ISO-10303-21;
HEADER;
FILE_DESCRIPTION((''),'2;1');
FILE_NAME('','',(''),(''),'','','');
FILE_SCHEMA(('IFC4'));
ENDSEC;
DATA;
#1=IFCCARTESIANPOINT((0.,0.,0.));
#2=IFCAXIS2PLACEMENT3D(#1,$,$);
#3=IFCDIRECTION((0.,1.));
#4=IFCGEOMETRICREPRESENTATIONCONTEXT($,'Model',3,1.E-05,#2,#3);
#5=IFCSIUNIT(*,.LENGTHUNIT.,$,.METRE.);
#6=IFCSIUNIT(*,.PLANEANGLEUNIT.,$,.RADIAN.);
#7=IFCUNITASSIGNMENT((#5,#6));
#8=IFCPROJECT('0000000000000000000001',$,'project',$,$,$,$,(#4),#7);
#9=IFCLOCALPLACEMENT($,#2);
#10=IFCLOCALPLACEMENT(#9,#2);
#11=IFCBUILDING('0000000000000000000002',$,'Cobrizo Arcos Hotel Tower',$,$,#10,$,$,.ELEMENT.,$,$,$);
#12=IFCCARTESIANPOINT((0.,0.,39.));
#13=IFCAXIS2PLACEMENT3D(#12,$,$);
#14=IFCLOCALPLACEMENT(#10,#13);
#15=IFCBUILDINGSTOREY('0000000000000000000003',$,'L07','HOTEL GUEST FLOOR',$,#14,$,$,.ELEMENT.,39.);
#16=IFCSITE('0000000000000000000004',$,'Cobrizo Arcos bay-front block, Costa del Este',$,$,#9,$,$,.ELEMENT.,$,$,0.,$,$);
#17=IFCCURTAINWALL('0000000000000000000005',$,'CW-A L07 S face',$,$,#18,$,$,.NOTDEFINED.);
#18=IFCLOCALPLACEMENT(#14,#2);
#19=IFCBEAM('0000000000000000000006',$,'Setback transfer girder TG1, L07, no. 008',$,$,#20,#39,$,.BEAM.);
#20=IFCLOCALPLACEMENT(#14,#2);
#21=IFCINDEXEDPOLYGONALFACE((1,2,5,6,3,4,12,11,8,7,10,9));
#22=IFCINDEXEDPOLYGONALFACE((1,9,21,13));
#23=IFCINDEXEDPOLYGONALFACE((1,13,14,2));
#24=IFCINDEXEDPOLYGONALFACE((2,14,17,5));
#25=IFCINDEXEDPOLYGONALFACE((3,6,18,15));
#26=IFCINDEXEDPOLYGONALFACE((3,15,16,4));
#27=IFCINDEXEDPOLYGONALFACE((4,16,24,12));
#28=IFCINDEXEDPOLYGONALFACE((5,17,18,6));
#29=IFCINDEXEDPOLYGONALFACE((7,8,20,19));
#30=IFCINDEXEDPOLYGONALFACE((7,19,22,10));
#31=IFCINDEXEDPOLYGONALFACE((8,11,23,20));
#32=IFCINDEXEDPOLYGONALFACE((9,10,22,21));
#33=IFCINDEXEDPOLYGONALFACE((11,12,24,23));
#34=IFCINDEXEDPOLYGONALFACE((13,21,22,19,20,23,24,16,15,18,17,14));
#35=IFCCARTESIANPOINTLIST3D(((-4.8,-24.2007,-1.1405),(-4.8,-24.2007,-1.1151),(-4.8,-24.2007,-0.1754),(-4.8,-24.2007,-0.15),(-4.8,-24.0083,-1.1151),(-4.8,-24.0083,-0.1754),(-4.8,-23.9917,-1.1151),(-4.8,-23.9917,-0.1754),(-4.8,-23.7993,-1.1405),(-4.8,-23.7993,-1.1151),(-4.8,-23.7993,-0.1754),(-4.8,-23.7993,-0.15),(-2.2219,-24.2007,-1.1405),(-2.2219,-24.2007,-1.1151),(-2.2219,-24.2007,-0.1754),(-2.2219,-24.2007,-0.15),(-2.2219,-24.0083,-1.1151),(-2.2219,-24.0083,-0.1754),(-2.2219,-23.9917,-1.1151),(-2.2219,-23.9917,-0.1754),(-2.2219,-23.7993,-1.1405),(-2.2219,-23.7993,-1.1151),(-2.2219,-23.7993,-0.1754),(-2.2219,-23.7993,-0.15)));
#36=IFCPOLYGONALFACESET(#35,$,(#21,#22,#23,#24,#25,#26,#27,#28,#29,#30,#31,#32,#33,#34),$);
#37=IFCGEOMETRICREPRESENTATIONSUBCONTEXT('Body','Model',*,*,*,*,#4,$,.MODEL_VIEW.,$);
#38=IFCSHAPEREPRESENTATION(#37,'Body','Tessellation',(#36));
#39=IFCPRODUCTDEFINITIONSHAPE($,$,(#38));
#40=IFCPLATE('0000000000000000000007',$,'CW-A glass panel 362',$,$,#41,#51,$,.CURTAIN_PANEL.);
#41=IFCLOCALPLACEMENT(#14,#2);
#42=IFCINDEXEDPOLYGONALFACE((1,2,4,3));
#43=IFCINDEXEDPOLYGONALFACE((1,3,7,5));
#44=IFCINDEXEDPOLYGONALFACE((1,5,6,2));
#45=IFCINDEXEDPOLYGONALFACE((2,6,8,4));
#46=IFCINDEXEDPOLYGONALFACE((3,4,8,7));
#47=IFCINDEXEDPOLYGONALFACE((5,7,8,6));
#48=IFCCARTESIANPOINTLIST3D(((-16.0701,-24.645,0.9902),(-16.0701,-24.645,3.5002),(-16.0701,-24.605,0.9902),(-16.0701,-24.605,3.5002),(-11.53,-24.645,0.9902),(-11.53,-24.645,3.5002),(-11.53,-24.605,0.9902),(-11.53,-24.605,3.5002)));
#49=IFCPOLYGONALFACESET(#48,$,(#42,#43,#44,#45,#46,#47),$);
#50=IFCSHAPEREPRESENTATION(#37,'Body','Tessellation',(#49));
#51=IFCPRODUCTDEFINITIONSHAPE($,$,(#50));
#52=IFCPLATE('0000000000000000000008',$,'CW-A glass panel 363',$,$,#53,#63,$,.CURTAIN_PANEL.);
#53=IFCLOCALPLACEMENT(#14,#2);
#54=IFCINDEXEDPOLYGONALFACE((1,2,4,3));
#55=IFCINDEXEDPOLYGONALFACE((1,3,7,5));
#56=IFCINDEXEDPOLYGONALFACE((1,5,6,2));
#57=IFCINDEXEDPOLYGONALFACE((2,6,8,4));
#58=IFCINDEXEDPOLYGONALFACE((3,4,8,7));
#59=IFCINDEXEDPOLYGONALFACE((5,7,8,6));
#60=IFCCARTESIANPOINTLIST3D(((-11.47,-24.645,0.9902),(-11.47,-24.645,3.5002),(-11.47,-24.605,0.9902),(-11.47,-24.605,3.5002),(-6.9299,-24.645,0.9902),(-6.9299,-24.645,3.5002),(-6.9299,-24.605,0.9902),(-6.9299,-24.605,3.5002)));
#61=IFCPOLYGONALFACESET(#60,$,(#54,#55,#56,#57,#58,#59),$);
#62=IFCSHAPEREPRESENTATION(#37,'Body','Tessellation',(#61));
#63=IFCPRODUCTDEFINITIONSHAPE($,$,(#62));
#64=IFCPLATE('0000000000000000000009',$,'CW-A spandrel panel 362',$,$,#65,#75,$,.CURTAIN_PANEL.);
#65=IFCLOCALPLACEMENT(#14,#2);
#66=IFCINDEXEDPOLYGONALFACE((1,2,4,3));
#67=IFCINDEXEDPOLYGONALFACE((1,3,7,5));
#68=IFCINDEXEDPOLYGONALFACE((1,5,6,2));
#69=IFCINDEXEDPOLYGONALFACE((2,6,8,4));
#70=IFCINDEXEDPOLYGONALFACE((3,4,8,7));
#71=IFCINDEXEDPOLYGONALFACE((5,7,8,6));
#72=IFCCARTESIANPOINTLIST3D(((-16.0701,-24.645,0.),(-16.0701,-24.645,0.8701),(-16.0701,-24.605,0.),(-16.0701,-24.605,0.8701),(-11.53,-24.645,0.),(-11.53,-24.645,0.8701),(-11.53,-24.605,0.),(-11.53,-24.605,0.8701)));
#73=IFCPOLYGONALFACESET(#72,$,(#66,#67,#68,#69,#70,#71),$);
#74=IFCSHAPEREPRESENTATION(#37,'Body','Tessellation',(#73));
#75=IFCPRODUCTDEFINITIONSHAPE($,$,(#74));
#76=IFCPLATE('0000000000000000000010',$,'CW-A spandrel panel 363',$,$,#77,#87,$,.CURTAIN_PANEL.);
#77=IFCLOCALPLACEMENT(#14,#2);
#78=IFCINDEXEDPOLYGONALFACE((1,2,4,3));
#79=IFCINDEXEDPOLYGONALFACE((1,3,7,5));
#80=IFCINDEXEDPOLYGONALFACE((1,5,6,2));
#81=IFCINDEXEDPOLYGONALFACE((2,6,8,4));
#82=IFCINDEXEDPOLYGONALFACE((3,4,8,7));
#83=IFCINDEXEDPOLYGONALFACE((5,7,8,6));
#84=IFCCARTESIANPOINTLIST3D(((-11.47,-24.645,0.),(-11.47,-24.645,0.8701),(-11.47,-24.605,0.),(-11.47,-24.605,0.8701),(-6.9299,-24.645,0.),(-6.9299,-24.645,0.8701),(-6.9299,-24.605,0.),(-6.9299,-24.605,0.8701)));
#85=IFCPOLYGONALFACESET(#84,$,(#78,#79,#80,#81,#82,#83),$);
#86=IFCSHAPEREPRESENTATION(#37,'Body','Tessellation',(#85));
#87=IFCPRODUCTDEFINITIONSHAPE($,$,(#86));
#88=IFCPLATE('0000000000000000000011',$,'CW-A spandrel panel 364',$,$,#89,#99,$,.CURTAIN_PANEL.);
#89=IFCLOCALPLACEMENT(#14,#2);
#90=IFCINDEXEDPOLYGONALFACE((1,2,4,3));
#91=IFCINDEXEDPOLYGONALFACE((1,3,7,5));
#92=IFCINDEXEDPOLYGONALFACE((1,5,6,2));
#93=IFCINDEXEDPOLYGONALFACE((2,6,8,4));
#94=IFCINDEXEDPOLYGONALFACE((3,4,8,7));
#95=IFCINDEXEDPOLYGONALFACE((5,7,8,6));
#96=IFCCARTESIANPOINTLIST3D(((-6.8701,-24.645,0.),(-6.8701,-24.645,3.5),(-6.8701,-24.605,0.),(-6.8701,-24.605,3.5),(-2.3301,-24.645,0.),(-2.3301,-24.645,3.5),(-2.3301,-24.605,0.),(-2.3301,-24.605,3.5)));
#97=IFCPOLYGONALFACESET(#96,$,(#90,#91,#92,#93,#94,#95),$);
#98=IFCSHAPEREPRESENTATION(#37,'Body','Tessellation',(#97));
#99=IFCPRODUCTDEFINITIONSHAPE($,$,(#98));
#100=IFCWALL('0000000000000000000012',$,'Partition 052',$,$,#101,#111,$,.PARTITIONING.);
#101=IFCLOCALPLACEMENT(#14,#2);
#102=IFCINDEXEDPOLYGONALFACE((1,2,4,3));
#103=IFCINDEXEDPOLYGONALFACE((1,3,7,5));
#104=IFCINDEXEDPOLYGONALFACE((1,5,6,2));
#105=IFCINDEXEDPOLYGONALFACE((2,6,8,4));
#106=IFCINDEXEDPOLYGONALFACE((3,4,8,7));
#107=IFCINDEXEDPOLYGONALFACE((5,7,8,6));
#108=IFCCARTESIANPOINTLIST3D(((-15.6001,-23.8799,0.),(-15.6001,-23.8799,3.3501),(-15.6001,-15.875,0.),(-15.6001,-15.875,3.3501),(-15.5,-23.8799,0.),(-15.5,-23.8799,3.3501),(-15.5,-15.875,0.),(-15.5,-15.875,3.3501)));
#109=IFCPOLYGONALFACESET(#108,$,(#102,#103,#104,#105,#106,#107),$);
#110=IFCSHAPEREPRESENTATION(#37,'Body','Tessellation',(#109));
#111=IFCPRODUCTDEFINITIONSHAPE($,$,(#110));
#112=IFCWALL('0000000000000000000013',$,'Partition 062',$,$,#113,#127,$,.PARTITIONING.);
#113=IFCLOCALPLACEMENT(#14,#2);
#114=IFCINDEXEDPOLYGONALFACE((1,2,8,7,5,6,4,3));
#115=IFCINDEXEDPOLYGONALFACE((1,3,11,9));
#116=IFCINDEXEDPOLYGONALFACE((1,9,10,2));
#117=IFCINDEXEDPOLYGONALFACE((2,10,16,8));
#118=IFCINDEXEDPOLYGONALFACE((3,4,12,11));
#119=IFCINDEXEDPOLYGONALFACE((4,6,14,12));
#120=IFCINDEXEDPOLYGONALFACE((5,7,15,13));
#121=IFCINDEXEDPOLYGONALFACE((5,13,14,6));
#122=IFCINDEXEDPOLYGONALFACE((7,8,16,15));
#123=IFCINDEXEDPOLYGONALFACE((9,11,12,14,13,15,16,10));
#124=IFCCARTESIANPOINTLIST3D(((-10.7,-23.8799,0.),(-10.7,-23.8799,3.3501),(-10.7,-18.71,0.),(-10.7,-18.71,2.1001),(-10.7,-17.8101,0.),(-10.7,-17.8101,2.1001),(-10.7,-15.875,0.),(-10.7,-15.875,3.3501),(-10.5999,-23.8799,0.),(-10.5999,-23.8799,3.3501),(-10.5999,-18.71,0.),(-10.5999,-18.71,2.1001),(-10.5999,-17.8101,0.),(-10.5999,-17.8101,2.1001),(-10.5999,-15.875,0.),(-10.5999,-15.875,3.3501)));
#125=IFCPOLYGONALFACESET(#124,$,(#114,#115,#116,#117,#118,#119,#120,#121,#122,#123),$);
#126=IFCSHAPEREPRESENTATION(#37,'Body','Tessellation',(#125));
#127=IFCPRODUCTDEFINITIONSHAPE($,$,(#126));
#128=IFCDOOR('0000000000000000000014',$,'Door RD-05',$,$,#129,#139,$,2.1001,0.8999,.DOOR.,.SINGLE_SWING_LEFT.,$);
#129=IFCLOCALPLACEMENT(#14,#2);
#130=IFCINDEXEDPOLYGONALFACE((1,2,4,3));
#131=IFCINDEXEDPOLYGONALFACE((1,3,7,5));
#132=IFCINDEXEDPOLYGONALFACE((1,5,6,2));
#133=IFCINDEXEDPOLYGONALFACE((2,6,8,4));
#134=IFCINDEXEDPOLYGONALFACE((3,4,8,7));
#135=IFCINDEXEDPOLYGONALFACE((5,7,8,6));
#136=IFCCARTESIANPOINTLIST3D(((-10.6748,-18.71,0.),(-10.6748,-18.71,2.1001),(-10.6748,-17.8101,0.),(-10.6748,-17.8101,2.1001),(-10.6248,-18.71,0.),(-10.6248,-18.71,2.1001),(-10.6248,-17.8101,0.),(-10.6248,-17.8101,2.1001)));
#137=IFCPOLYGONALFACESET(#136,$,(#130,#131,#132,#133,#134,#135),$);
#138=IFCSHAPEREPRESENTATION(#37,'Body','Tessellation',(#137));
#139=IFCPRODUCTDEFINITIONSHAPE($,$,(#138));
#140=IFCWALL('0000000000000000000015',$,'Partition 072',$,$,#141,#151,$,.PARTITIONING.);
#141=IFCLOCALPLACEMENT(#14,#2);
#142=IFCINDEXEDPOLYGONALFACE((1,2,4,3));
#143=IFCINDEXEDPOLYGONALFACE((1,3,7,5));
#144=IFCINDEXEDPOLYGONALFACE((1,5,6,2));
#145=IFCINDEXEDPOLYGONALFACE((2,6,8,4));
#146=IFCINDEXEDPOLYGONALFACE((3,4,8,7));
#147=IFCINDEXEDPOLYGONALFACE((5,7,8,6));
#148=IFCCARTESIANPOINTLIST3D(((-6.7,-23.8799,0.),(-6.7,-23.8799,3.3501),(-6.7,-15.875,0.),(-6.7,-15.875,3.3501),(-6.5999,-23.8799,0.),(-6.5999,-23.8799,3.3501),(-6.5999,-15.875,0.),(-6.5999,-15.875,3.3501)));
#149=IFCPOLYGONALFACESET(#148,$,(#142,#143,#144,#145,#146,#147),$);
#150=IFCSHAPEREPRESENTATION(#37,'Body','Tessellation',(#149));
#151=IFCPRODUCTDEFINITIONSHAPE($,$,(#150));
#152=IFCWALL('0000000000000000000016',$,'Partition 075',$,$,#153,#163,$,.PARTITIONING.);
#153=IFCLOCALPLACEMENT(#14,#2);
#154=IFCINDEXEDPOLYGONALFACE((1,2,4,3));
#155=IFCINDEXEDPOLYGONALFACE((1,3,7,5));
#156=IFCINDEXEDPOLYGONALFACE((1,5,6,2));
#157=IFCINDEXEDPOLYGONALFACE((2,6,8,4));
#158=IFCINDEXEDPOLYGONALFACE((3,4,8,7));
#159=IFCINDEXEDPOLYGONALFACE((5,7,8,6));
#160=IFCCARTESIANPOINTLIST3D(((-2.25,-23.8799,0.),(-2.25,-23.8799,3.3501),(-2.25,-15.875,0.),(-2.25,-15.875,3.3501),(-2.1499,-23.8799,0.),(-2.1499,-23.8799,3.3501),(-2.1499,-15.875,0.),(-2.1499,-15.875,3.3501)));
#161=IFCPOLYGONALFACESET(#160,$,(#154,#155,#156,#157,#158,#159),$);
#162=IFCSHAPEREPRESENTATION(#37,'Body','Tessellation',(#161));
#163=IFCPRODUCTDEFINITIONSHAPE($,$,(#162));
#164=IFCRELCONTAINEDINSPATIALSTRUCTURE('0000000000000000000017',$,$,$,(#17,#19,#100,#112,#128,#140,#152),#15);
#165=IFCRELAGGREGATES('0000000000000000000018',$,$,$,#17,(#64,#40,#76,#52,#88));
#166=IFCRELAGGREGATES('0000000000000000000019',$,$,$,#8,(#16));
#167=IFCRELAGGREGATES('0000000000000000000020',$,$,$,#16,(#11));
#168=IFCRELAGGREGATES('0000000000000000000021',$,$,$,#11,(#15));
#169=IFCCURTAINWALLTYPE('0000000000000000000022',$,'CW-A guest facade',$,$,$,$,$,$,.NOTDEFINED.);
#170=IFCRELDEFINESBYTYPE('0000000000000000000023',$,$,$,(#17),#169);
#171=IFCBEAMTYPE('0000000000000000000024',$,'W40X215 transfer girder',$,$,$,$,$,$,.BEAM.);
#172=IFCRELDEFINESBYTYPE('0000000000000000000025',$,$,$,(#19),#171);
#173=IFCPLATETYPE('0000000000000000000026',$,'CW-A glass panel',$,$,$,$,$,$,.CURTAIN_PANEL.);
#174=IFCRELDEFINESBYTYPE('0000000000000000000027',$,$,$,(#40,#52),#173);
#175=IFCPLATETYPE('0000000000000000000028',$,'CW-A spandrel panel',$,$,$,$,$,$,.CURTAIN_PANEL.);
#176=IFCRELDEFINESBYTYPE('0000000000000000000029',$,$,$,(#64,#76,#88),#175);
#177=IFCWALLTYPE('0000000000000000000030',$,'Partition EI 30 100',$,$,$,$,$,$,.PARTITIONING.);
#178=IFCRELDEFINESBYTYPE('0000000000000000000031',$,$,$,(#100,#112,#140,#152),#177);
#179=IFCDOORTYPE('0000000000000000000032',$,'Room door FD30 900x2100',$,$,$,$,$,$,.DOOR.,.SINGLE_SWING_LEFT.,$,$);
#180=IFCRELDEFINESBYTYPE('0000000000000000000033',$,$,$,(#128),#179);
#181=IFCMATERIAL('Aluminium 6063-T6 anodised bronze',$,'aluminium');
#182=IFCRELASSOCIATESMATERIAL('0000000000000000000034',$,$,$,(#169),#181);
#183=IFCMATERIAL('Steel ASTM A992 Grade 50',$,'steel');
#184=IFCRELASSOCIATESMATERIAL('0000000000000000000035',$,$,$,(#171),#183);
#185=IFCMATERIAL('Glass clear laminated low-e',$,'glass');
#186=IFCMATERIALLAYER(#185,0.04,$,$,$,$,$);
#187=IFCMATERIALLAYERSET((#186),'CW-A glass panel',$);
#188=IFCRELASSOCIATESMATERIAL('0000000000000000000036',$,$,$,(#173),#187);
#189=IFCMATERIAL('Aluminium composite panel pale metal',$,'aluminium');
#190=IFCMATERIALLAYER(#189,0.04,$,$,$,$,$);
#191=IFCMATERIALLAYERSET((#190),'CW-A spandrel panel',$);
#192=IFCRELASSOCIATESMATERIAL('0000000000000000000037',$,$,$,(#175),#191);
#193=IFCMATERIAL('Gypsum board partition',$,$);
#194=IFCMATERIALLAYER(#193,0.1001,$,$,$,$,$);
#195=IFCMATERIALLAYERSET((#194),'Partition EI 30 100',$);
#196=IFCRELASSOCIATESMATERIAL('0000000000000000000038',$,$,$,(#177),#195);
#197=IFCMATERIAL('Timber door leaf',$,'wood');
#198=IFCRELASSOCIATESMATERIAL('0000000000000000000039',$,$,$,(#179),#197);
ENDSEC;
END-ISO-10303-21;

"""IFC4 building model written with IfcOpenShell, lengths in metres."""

from ifc_helpers import new_model, si_unit, direction, frame, frame_2d, origin, origin_2d, place, context, subcontext, project, spatial, rectangle, i_section, extrude, material, layer, layer_set, material_profile, profile_set, type_object, element, fill, aggregate, save


model = new_model("IFC4")

# Units and contexts
model_context = context("Model", 3, precision=1e-05, world=origin(), true_north=direction((0.0, 1.0)))
body_context = subcontext(model_context, "Body", "Model", "MODEL_VIEW")
ifc_project = project(units=[si_unit("LENGTHUNIT", "METRE"), si_unit("PLANEANGLEUNIT", "RADIAN")], contexts=[model_context])

# Site, building, storey
site_placement = place(None, origin())
site = spatial("IfcSite", under=ifc_project, at=site_placement, Name="Cobrizo Arcos bay-front block, Costa del Este", CompositionType="ELEMENT", RefElevation=0.0)
building_placement = place(site_placement, origin())
building = spatial("IfcBuilding", under=site, at=building_placement, Name="Cobrizo Arcos Hotel Tower", CompositionType="ELEMENT")
storey_placement = place(building_placement, frame((0.0, 0.0, 39.0)))
storey = spatial("IfcBuildingStorey", under=building, at=storey_placement, Name="L07", Description="HOTEL GUEST FLOOR", CompositionType="ELEMENT", Elevation=39.0)

# Curtain wall
ifc_material_1 = material(Name="Aluminium 6063-T6 anodised bronze", Category="aluminium")
curtain_wall_type = type_object("IfcCurtainWallType", Name="CW-A guest facade", PredefinedType="NOTDEFINED", material=ifc_material_1)
curtain_wall_placement = place(storey_placement, origin())
curtain_wall = element("IfcCurtainWall", 1, at=curtain_wall_placement, inside=storey, type_object=curtain_wall_type, Name="CW-A L07 S face", PredefinedType="NOTDEFINED")

# Beam
ifc_material_2 = material(Name="Steel ASTM A992 Grade 50", Category="steel")
ifc_material_profile_1 = material_profile(ifc_material_2, i_section(OverallWidth=0.4014, OverallDepth=0.9905, WebThickness=0.0166, FlangeThickness=0.0254, at=origin_2d()), Name="W40X215")
ifc_profile_set_1 = profile_set([ifc_material_profile_1], Name="Steel ASTM A992 Grade 50")
beam_type_1 = type_object("IfcBeamType", Name="W40X215 transfer girder", PredefinedType="BEAM", material=ifc_profile_set_1)
beam_1_placement = place(storey_placement, frame((-4.8, -24.0, -0.6453), z_axis=(1.0, 0.0, 0.0), x_axis=(0.0, 1.0, 0.0)))
element("IfcBeam", 2, at=beam_1_placement, inside=storey, type_object=beam_type_1, Name="Setback transfer girder TG1, L07, no. 008", PredefinedType="BEAM", context=body_context, shape_type="SweptSolid", body=[
    extrude(i_section(OverallWidth=0.4014, OverallDepth=0.9905, WebThickness=0.0166, FlangeThickness=0.0254, at=origin_2d()), origin(), (0.0, 0.0, 1.0), 2.5781),
])

# Plates
ifc_material_3 = material(Name="Glass clear laminated low-e", Category="glass")
ifc_layer_1 = layer(ifc_material_3, 0.04)
ifc_layer_set_1 = layer_set([ifc_layer_1], Name="CW-A glass panel")
plate_type_1 = type_object("IfcPlateType", Name="CW-A glass panel", PredefinedType="CURTAIN_PANEL", material=ifc_layer_set_1)
plate_1_placement = place(storey_placement, frame((-13.8, -24.625, 0.9902), z_axis=(0.0, 0.0, 1.0), x_axis=(1.0, 0.0, 0.0)))
plate_1 = element("IfcPlate", 3, at=plate_1_placement, type_object=plate_type_1, Name="CW-A glass panel 362", PredefinedType="CURTAIN_PANEL", context=body_context, shape_type="SweptSolid", body=[
    extrude(rectangle(XDim=4.54, YDim=0.04, at=origin_2d()), origin(), (0.0, 0.0, 1.0), 2.51),
])
plate_2_placement = place(storey_placement, frame((-9.2, -24.625, 0.9902), z_axis=(0.0, 0.0, 1.0), x_axis=(1.0, 0.0, 0.0)))
plate_2 = element("IfcPlate", 4, at=plate_2_placement, type_object=plate_type_1, Name="CW-A glass panel 363", PredefinedType="CURTAIN_PANEL", context=body_context, shape_type="SweptSolid", body=[
    extrude(rectangle(XDim=4.54, YDim=0.04, at=origin_2d()), origin(), (0.0, 0.0, 1.0), 2.51),
])
ifc_material_4 = material(Name="Aluminium composite panel pale metal", Category="aluminium")
ifc_layer_2 = layer(ifc_material_4, 0.04)
ifc_layer_set_2 = layer_set([ifc_layer_2], Name="CW-A spandrel panel")
plate_type_2 = type_object("IfcPlateType", Name="CW-A spandrel panel", PredefinedType="CURTAIN_PANEL", material=ifc_layer_set_2)
plate_3_placement = place(storey_placement, frame((-13.8, -24.625, 0.0), z_axis=(0.0, 0.0, 1.0), x_axis=(1.0, 0.0, 0.0)))
plate_3 = element("IfcPlate", 5, at=plate_3_placement, type_object=plate_type_2, Name="CW-A spandrel panel 362", PredefinedType="CURTAIN_PANEL", context=body_context, shape_type="SweptSolid", body=[
    extrude(rectangle(XDim=4.54, YDim=0.04, at=origin_2d()), origin(), (0.0, 0.0, 1.0), 0.8701),
])
plate_4_placement = place(storey_placement, frame((-9.2, -24.625, 0.0), z_axis=(0.0, 0.0, 1.0), x_axis=(1.0, 0.0, 0.0)))
plate_4 = element("IfcPlate", 6, at=plate_4_placement, type_object=plate_type_2, Name="CW-A spandrel panel 363", PredefinedType="CURTAIN_PANEL", context=body_context, shape_type="SweptSolid", body=[
    extrude(rectangle(XDim=4.54, YDim=0.04, at=origin_2d()), origin(), (0.0, 0.0, 1.0), 0.8701),
])
plate_5_placement = place(storey_placement, frame((-4.6001, -24.625, 0.0), z_axis=(0.0, 0.0, 1.0), x_axis=(1.0, 0.0, 0.0)))
plate_5 = element("IfcPlate", 7, at=plate_5_placement, type_object=plate_type_2, Name="CW-A spandrel panel 364", PredefinedType="CURTAIN_PANEL", context=body_context, shape_type="SweptSolid", body=[
    extrude(rectangle(XDim=4.54, YDim=0.04, at=origin_2d()), origin(), (0.0, 0.0, 1.0), 3.5),
])
aggregate(curtain_wall, [plate_3, plate_1, plate_4, plate_2, plate_5])

# Wall
ifc_material_5 = material(Name="Gypsum board partition")
ifc_layer_3 = layer(ifc_material_5, 0.1001)
ifc_layer_set_3 = layer_set([ifc_layer_3], Name="Partition EI 30 100")
wall_type = type_object("IfcWallType", Name="Partition EI 30 100", PredefinedType="PARTITIONING", material=ifc_layer_set_3)
wall_1_placement = place(storey_placement, frame((-15.55, -23.8799, 0.0), z_axis=(0.0, 0.0, 1.0), x_axis=(0.0, 1.0, 0.0)))
element("IfcWall", 8, at=wall_1_placement, inside=storey, type_object=wall_type, Name="Partition 052", PredefinedType="PARTITIONING", context=body_context, shape_type="SweptSolid", body=[
    extrude(rectangle(XDim=8.0049, YDim=0.1001, at=frame_2d((4.0024, 0.0))), origin(), (0.0, 0.0, 1.0), 3.3501),
])

# Wall, opening, door
wall_2_placement = place(storey_placement, frame((-10.6499, -23.8799, 0.0), z_axis=(0.0, 0.0, 1.0), x_axis=(0.0, 1.0, 0.0)))
wall_2 = element("IfcWall", 9, at=wall_2_placement, inside=storey, type_object=wall_type, Name="Partition 062", PredefinedType="PARTITIONING", context=body_context, shape_type="SweptSolid", body=[
    extrude(rectangle(XDim=8.0049, YDim=0.1001, at=frame_2d((4.0024, 0.0))), origin(), (0.0, 0.0, 1.0), 3.3501),
])
opening_placement = place(wall_2_placement, frame((5.1699, 0.0, 0.0)))
opening = element("IfcOpeningElement", 10, at=opening_placement, cuts=wall_2, PredefinedType="OPENING", context=body_context, shape_type="SweptSolid", body=[
    extrude(rectangle(XDim=0.8999, YDim=2.1001, at=frame_2d((0.45, 1.05))), frame((0.0, 0.062, 0.0), z_axis=(0.0, -1.0, 0.0), x_axis=(1.0, 0.0, 0.0)), (0.0, 0.0, 1.0), 0.124),
])
ifc_material_6 = material(Name="Timber door leaf", Category="wood")
door_type = type_object("IfcDoorType", Name="Room door FD30 900x2100", OperationType="SINGLE_SWING_LEFT", PredefinedType="DOOR", material=ifc_material_6)
door_placement = place(opening_placement, origin())
door = element("IfcDoor", 11, at=door_placement, inside=storey, type_object=door_type, Name="Door RD-05", OperationType="SINGLE_SWING_LEFT", OverallHeight=2.1001, OverallWidth=0.8999, PredefinedType="DOOR", context=body_context, shape_type="SweptSolid", body=[
    extrude(rectangle(XDim=0.8999, YDim=2.1001, at=frame_2d((0.45, 1.05))), frame((0.0, 0.0249, 0.0), z_axis=(0.0, -1.0, 0.0), x_axis=(1.0, 0.0, 0.0)), (0.0, 0.0, 1.0), 0.05),
])
fill(opening, door)

# Walls
for number, where, z_axis, x_axis, name in (
    (12, (-6.6499, -23.8799, 0.0), (0.0, 0.0, 1.0), (0.0, 1.0, 0.0), "Partition 072"),
    (13, (-2.2, -23.8799, 0.0), (0.0, 0.0, 1.0), (0.0, 1.0, 0.0), "Partition 075"),
):
    element("IfcWall", number, at=place(storey_placement, frame(where, z_axis=z_axis, x_axis=x_axis)), inside=storey, type_object=wall_type, Name=name, PredefinedType="PARTITIONING", context=body_context, shape_type="SweptSolid", body=[
        extrude(rectangle(XDim=8.0049, YDim=0.1001, at=frame_2d((4.0024, 0.0))), origin(), (0.0, 0.0, 1.0), 3.3501),
    ])

save(model, "model.ifc")
